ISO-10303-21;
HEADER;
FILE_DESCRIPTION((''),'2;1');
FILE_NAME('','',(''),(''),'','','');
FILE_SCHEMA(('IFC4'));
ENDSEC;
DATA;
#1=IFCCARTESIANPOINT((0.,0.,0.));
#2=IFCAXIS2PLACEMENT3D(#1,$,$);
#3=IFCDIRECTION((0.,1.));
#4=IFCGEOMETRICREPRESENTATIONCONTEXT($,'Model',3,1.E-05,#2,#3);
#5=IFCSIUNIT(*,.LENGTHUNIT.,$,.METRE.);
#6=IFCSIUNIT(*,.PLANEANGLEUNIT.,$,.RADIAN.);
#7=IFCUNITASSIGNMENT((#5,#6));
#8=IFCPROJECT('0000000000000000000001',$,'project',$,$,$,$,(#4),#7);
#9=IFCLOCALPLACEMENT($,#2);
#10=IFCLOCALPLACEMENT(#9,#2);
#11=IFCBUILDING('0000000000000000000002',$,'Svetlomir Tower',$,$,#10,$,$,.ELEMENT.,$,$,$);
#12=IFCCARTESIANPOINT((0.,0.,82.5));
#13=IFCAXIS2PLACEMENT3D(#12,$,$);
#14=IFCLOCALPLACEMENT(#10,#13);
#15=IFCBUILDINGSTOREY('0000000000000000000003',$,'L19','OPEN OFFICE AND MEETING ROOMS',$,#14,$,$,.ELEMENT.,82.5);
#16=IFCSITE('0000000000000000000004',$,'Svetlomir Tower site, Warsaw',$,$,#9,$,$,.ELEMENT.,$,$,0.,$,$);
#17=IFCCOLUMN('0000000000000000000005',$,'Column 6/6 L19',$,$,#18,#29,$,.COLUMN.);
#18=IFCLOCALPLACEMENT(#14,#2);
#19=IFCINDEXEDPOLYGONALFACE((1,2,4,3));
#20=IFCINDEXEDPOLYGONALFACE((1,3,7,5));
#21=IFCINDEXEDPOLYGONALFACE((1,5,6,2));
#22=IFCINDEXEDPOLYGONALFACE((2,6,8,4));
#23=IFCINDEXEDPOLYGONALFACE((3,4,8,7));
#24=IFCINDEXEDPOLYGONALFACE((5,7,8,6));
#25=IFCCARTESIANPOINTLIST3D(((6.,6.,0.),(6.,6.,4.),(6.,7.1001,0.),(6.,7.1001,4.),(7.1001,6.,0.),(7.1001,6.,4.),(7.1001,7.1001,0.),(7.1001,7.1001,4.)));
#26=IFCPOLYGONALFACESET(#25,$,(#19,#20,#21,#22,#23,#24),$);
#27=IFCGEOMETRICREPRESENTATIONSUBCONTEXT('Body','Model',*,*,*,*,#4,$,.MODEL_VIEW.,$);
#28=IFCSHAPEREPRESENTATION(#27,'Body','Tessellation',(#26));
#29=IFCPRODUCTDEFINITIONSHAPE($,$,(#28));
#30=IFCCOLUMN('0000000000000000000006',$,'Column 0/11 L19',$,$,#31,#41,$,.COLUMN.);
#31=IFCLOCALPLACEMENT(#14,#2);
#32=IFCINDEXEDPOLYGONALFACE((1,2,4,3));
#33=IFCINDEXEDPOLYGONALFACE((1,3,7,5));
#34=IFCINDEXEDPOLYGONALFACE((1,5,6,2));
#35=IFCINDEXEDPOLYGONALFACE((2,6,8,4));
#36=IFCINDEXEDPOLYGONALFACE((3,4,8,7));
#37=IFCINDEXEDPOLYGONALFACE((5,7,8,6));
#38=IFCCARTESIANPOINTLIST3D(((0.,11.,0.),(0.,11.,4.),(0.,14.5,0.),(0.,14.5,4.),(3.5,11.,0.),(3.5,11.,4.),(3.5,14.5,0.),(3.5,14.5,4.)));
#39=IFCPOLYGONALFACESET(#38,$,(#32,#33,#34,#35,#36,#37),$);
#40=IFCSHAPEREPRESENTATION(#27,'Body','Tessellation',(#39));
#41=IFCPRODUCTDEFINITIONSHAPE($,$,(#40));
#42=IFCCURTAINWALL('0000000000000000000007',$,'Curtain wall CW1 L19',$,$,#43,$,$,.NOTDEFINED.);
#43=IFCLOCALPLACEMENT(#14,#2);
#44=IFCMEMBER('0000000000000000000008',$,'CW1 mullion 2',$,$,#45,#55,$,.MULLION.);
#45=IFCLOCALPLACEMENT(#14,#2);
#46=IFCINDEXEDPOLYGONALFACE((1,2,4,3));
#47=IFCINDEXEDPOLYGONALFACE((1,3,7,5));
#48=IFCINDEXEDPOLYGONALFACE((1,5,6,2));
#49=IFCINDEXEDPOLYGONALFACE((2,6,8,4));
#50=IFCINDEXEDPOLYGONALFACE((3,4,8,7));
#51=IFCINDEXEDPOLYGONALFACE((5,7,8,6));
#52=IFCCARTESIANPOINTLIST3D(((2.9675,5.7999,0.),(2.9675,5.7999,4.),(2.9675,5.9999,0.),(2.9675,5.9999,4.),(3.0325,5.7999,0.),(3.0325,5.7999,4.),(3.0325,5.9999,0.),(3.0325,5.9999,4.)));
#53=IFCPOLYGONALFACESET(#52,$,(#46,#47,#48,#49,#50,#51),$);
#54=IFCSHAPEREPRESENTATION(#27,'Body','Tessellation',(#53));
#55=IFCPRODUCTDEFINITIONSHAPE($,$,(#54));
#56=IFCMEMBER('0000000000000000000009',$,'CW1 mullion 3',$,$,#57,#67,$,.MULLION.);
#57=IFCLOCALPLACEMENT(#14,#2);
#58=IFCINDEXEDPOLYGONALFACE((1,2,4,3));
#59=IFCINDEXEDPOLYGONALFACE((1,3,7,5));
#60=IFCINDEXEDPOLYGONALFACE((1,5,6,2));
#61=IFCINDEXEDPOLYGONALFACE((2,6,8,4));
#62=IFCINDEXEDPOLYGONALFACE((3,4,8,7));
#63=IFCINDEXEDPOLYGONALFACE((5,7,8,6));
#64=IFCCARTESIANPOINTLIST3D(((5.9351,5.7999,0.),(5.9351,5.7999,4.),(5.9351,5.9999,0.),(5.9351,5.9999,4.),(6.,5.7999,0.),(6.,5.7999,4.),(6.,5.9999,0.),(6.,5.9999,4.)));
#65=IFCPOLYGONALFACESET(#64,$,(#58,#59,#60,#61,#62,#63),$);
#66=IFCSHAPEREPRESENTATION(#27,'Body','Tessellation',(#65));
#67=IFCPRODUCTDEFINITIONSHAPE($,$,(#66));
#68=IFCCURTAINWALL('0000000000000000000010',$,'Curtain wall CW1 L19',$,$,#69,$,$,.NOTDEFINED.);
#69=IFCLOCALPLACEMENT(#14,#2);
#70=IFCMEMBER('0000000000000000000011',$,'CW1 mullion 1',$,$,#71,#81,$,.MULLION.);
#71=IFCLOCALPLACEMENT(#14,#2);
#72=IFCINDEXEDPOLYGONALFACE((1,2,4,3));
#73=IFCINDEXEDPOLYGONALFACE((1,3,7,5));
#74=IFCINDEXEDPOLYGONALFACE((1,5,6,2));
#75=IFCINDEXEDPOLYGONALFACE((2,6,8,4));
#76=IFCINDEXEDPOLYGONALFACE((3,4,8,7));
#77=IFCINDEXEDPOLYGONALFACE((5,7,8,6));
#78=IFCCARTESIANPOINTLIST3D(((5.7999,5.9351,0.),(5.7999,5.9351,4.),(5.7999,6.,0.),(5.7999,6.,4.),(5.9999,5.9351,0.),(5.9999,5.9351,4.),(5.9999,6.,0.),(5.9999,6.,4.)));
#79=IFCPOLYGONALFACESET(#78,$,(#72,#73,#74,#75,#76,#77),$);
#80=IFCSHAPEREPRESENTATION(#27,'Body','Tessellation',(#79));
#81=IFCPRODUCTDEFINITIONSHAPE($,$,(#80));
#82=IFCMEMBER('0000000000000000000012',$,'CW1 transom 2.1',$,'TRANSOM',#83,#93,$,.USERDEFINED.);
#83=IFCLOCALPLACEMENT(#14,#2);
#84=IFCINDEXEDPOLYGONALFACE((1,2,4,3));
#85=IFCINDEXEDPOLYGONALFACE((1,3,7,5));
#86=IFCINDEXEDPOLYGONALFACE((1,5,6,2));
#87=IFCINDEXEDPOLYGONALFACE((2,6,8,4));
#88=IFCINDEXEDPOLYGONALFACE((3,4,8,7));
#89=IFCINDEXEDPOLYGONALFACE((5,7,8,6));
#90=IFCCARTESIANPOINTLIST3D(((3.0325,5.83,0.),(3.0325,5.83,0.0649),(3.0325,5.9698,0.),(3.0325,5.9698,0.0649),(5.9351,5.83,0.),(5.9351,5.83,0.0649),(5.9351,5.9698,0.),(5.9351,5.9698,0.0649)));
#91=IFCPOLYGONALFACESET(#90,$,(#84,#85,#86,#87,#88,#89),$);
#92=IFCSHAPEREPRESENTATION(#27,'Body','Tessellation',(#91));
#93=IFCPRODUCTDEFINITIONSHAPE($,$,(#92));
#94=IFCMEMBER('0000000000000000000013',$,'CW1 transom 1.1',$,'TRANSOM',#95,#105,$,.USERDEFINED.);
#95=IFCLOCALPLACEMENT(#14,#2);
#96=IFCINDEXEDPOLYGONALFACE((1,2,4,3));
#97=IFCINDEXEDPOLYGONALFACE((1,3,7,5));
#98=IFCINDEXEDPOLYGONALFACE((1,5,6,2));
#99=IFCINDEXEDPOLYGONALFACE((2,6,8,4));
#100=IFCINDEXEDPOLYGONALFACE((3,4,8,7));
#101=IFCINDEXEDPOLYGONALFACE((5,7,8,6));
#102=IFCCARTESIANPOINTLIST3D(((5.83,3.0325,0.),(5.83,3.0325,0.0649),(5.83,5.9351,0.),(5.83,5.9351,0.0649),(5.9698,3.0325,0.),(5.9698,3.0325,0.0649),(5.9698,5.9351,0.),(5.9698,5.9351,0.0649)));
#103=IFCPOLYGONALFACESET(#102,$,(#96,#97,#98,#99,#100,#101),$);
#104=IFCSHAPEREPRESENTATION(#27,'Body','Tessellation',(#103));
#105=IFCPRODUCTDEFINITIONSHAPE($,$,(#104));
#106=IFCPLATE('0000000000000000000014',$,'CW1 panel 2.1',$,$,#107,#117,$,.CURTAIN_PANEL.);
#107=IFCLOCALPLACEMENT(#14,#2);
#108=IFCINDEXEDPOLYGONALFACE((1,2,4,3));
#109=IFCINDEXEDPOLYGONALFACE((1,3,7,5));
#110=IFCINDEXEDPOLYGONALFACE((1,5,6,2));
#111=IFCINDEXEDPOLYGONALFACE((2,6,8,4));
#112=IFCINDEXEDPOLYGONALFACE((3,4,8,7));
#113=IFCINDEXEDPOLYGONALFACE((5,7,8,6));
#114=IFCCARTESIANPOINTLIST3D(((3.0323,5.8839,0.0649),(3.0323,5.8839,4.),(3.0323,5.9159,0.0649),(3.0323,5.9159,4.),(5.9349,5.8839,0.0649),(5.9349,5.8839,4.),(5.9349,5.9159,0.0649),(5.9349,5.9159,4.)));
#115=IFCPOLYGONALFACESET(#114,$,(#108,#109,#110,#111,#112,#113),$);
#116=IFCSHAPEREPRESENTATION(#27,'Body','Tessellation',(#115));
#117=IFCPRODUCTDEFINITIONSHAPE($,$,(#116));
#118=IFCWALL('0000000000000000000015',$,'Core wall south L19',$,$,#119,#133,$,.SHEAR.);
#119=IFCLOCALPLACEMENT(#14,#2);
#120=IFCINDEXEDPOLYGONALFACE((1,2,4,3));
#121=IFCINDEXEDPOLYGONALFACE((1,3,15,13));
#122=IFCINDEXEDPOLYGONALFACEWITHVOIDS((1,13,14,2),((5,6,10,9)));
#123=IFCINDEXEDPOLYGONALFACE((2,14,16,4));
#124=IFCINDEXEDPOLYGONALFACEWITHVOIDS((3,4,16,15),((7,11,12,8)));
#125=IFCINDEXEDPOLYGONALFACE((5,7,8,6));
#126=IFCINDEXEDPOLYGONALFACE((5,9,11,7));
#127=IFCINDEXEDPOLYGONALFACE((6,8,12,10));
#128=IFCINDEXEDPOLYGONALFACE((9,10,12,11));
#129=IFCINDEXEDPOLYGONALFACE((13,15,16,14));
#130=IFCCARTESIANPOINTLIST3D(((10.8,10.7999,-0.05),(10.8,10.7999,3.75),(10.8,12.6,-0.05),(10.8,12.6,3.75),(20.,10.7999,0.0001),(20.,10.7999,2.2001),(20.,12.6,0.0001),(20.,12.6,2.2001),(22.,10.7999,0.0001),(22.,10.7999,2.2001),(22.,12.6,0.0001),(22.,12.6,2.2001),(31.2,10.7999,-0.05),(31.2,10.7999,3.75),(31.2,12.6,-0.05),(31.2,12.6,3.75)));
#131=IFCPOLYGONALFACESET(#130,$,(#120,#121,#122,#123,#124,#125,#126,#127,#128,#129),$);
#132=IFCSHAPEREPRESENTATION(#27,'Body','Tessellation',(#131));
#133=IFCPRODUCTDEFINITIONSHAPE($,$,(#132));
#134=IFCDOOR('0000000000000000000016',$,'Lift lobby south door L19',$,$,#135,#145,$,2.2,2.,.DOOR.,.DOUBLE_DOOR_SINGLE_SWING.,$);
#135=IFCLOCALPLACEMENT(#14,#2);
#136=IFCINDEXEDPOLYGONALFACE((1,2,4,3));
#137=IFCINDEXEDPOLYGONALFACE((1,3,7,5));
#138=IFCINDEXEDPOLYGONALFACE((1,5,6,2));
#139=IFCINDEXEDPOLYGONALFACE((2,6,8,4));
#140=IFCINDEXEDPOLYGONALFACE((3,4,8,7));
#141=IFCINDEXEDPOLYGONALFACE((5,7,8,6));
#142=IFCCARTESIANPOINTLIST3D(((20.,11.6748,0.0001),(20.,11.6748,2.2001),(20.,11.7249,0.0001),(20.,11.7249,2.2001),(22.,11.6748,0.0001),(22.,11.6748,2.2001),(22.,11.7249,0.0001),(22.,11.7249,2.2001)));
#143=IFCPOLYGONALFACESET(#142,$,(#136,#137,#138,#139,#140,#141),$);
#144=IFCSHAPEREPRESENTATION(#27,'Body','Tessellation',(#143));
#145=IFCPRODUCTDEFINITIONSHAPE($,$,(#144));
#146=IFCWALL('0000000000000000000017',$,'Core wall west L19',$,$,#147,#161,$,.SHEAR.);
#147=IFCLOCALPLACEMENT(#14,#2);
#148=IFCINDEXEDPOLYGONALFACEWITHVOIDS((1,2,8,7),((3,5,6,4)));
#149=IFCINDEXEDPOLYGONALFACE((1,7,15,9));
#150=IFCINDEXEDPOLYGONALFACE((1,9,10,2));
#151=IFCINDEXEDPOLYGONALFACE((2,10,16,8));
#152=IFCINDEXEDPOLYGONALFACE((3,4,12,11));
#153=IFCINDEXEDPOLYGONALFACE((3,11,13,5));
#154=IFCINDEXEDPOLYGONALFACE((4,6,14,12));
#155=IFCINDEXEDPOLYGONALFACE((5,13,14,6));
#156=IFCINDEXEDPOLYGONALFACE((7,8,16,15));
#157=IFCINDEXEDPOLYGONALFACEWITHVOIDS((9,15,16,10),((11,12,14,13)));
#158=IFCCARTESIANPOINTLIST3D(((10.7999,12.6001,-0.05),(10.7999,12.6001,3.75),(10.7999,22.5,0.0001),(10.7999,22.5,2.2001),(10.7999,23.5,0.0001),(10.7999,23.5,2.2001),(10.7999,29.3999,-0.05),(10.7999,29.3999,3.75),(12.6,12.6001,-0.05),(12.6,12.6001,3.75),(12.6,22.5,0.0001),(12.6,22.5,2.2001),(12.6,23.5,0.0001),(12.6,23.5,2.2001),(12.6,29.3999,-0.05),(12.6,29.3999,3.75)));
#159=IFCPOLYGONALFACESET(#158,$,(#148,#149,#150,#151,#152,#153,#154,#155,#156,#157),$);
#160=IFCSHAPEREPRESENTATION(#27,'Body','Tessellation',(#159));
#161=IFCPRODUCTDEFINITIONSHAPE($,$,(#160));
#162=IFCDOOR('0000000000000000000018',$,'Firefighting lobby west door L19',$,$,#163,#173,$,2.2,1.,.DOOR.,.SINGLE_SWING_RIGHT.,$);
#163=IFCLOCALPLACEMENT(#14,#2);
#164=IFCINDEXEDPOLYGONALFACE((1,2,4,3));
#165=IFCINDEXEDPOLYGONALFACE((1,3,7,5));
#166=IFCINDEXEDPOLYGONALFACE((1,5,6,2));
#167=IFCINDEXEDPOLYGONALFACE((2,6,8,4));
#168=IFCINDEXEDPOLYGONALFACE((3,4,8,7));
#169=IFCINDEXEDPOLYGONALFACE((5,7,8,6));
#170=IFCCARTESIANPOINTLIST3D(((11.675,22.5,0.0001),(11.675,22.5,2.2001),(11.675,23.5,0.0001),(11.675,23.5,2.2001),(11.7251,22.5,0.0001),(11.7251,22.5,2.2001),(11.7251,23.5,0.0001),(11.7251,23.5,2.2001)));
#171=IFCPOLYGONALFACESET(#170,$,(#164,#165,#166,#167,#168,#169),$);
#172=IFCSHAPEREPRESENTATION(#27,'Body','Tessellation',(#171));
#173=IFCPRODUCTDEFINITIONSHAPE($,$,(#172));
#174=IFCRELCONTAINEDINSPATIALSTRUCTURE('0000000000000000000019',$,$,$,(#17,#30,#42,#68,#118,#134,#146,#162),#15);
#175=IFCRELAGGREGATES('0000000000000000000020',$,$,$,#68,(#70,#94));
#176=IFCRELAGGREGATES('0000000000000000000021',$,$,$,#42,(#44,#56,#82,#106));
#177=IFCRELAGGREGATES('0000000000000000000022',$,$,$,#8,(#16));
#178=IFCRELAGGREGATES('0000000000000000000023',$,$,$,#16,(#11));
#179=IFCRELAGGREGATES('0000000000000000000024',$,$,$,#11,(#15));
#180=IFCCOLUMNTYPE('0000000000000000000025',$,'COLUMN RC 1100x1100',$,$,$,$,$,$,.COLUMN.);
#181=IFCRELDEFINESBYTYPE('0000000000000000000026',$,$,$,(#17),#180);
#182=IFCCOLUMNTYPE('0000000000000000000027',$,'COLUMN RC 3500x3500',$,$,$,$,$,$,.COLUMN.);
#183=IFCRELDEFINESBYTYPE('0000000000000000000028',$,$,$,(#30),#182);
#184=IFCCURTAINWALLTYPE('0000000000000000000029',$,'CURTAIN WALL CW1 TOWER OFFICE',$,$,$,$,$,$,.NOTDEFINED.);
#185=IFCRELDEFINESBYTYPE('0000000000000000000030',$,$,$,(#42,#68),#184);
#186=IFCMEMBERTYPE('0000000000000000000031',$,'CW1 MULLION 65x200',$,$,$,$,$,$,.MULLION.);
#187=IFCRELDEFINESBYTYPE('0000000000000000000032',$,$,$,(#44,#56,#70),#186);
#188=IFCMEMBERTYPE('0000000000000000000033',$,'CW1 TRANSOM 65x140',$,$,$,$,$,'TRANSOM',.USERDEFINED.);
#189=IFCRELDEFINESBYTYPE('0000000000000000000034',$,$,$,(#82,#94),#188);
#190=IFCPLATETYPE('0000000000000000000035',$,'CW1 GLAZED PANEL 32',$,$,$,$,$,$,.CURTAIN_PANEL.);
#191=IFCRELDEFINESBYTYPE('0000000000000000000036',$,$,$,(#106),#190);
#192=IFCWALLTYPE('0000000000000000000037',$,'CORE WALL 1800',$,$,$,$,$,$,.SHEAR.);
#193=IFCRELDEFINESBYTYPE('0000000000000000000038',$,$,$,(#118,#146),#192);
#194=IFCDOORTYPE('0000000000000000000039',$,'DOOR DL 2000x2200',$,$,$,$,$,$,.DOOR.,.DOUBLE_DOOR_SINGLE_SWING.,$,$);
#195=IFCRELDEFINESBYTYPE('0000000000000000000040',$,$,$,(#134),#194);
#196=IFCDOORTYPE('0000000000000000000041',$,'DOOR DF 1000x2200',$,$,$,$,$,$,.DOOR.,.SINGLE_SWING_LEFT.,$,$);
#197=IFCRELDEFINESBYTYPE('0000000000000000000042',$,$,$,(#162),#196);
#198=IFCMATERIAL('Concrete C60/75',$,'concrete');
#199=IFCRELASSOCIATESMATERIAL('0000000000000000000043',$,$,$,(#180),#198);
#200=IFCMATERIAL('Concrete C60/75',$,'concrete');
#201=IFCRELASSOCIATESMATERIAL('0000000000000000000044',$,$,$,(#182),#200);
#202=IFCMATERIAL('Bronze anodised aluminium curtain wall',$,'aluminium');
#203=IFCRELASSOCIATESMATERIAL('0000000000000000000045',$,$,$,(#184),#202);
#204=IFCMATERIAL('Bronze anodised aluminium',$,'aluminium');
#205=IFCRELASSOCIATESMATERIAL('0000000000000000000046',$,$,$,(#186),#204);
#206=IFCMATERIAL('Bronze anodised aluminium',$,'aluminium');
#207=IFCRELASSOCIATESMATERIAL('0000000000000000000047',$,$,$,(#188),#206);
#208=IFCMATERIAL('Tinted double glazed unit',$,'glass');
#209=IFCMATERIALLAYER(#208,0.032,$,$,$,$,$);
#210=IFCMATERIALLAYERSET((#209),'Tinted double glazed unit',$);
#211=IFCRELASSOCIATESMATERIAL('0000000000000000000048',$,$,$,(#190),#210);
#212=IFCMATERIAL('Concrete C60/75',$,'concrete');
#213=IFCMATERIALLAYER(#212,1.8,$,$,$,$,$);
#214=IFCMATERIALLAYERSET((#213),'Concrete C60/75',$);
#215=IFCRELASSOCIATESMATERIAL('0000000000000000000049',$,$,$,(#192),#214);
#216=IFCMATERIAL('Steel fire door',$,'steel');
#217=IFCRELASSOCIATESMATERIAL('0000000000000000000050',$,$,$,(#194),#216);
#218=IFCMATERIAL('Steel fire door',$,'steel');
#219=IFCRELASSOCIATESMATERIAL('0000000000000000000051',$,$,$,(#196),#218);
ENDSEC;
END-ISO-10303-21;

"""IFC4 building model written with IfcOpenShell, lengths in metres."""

from ifc_helpers import new_model, si_unit, direction, frame, frame_2d, origin, origin_2d, place, context, subcontext, project, spatial, rectangle, extrude, material, layer, layer_set, material_profile, profile_set, type_object, element, fill, aggregate, save


model = new_model("IFC4")

# Units and contexts
model_context = context("Model", 3, precision=1e-05, world=origin(), true_north=direction((0.0, 1.0)))
body_context = subcontext(model_context, "Body", "Model", "MODEL_VIEW")
ifc_project = project(units=[si_unit("LENGTHUNIT", "METRE"), si_unit("PLANEANGLEUNIT", "RADIAN")], contexts=[model_context])

# Site, building, storey
site_placement = place(None, origin())
site = spatial("IfcSite", under=ifc_project, at=site_placement, Name="Svetlomir Tower site, Warsaw", CompositionType="ELEMENT", RefElevation=0.0)
building_placement = place(site_placement, origin())
building = spatial("IfcBuilding", under=site, at=building_placement, Name="Svetlomir Tower", CompositionType="ELEMENT")
storey_placement = place(building_placement, frame((0.0, 0.0, 82.5)))
storey = spatial("IfcBuildingStorey", under=building, at=storey_placement, Name="L19", Description="OPEN OFFICE AND MEETING ROOMS", CompositionType="ELEMENT", Elevation=82.5)

# Columns
ifc_material_1 = material(Name="Concrete C60/75", Category="concrete")
ifc_material_profile_1 = material_profile(ifc_material_1, rectangle(XDim=1.1001, YDim=1.1001, at=origin_2d()), Name="RC 1100x1100")
ifc_profile_set_1 = profile_set([ifc_material_profile_1], Name="Concrete C60/75")
column_type_1 = type_object("IfcColumnType", Name="COLUMN RC 1100x1100", PredefinedType="COLUMN", material=ifc_profile_set_1)
column_1_placement = place(storey_placement, frame((6.55, 6.55, 0.0), z_axis=(0.0, 0.0, 1.0), x_axis=(1.0, 0.0, 0.0)))
element("IfcColumn", 1, at=column_1_placement, inside=storey, type_object=column_type_1, Name="Column 6/6 L19", PredefinedType="COLUMN", context=body_context, shape_type="SweptSolid", body=[
    extrude(rectangle(XDim=1.1001, YDim=1.1001, at=origin_2d()), origin(), (0.0, 0.0, 1.0), 4.0),
])
ifc_material_2 = material(Name="Concrete C60/75", Category="concrete")
ifc_material_profile_2 = material_profile(ifc_material_2, rectangle(XDim=3.5, YDim=3.5, at=origin_2d()), Name="RC 3500x3500")
ifc_profile_set_2 = profile_set([ifc_material_profile_2], Name="Concrete C60/75")
column_type_2 = type_object("IfcColumnType", Name="COLUMN RC 3500x3500", PredefinedType="COLUMN", material=ifc_profile_set_2)
column_2_placement = place(storey_placement, frame((1.75, 12.75, 0.0), z_axis=(0.0, 0.0, 1.0), x_axis=(1.0, 0.0, 0.0)))
element("IfcColumn", 2, at=column_2_placement, inside=storey, type_object=column_type_2, Name="Column 0/11 L19", PredefinedType="COLUMN", context=body_context, shape_type="SweptSolid", body=[
    extrude(rectangle(XDim=3.5, YDim=3.5, at=origin_2d()), origin(), (0.0, 0.0, 1.0), 4.0),
])

# Curtain wall, members
ifc_material_3 = material(Name="Bronze anodised aluminium curtain wall", Category="aluminium")
curtain_wall_type = type_object("IfcCurtainWallType", Name="CURTAIN WALL CW1 TOWER OFFICE", PredefinedType="NOTDEFINED", material=ifc_material_3)
curtain_wall_1_placement = place(storey_placement, origin())
curtain_wall_1 = element("IfcCurtainWall", 3, at=curtain_wall_1_placement, inside=storey, type_object=curtain_wall_type, Name="Curtain wall CW1 L19", PredefinedType="NOTDEFINED")
ifc_material_4 = material(Name="Bronze anodised aluminium", Category="aluminium")
ifc_material_profile_3 = material_profile(ifc_material_4, rectangle(XDim=0.0649, YDim=0.2, at=origin_2d()), Name="AL 65x200")
ifc_profile_set_3 = profile_set([ifc_material_profile_3], Name="Bronze anodised aluminium 6063-T6")
member_type_1 = type_object("IfcMemberType", Name="CW1 MULLION 65x200", PredefinedType="MULLION", material=ifc_profile_set_3)
member_1_placement = place(storey_placement, frame((3.0, 5.8999, 0.0), z_axis=(0.0, 0.0, 1.0), x_axis=(1.0, 0.0, 0.0)))
member_1 = element("IfcMember", 4, at=member_1_placement, type_object=member_type_1, Name="CW1 mullion 2", PredefinedType="MULLION", context=body_context, shape_type="SweptSolid", body=[
    extrude(rectangle(XDim=0.0649, YDim=0.2, at=origin_2d()), origin(), (0.0, 0.0, 1.0), 4.0),
])
member_2_placement = place(storey_placement, frame((5.9675, 5.8999, 0.0), z_axis=(0.0, 0.0, 1.0), x_axis=(1.0, 0.0, 0.0)))
member_2 = element("IfcMember", 5, at=member_2_placement, type_object=member_type_1, Name="CW1 mullion 3", PredefinedType="MULLION", context=body_context, shape_type="SweptSolid", body=[
    extrude(rectangle(XDim=0.0649, YDim=0.2, at=origin_2d()), origin(), (0.0, 0.0, 1.0), 4.0),
])

# Curtain wall, member
curtain_wall_2_placement = place(storey_placement, origin())
curtain_wall_2 = element("IfcCurtainWall", 6, at=curtain_wall_2_placement, inside=storey, type_object=curtain_wall_type, Name="Curtain wall CW1 L19", PredefinedType="NOTDEFINED")
member_3_placement = place(storey_placement, frame((5.8999, 5.9675, 0.0), z_axis=(0.0, 0.0, 1.0), x_axis=(0.0, -1.0, 0.0)))
member_3 = element("IfcMember", 7, at=member_3_placement, type_object=member_type_1, Name="CW1 mullion 1", PredefinedType="MULLION", context=body_context, shape_type="SweptSolid", body=[
    extrude(rectangle(XDim=0.0649, YDim=0.2, at=origin_2d()), origin(), (0.0, 0.0, 1.0), 4.0),
])

# Members
ifc_material_5 = material(Name="Bronze anodised aluminium", Category="aluminium")
ifc_material_profile_4 = material_profile(ifc_material_5, rectangle(XDim=0.1399, YDim=0.0649, at=origin_2d()), Name="AL 140x65")
ifc_profile_set_4 = profile_set([ifc_material_profile_4], Name="Bronze anodised aluminium 6063-T6")
member_type_2 = type_object("IfcMemberType", Name="CW1 TRANSOM 65x140", ElementType="TRANSOM", PredefinedType="USERDEFINED", material=ifc_profile_set_4)
member_4_placement = place(storey_placement, frame((3.0325, 5.8999, 0.0325), z_axis=(1.0, 0.0, 0.0), x_axis=(0.0, 1.0, 0.0)))
member_4 = element("IfcMember", 8, at=member_4_placement, type_object=member_type_2, Name="CW1 transom 2.1", ObjectType="TRANSOM", PredefinedType="USERDEFINED", context=body_context, shape_type="SweptSolid", body=[
    extrude(rectangle(XDim=0.1399, YDim=0.0649, at=origin_2d()), origin(), (0.0, 0.0, 1.0), 2.9026),
])
member_5_placement = place(storey_placement, frame((5.8999, 5.9351, 0.0325), z_axis=(0.0, -1.0, 0.0), x_axis=(1.0, 0.0, 0.0)))
member_5 = element("IfcMember", 9, at=member_5_placement, type_object=member_type_2, Name="CW1 transom 1.1", ObjectType="TRANSOM", PredefinedType="USERDEFINED", context=body_context, shape_type="SweptSolid", body=[
    extrude(rectangle(XDim=0.1399, YDim=0.0649, at=origin_2d()), origin(), (0.0, 0.0, 1.0), 2.9026),
])
aggregate(curtain_wall_2, [member_3, member_5])

# Plate
ifc_material_6 = material(Name="Tinted double glazed unit", Category="glass")
ifc_layer_1 = layer(ifc_material_6, 0.032)
ifc_layer_set_1 = layer_set([ifc_layer_1], Name="Tinted double glazed unit")
plate_type = type_object("IfcPlateType", Name="CW1 GLAZED PANEL 32", PredefinedType="CURTAIN_PANEL", material=ifc_layer_set_1)
plate_placement = place(storey_placement, frame((4.4836, 5.8999, 0.0649), z_axis=(0.0, 0.0, 1.0), x_axis=(1.0, 0.0, 0.0)))
plate = element("IfcPlate", 10, at=plate_placement, type_object=plate_type, Name="CW1 panel 2.1", PredefinedType="CURTAIN_PANEL", context=body_context, shape_type="SweptSolid", body=[
    extrude(rectangle(XDim=2.9026, YDim=0.032, at=origin_2d()), origin(), (0.0, 0.0, 1.0), 3.9351),
])
aggregate(curtain_wall_1, [member_1, member_2, member_4, plate])

# Walls, openings, doors
ifc_material_7 = material(Name="Concrete C60/75", Category="concrete")
ifc_layer_2 = layer(ifc_material_7, 1.8)
ifc_layer_set_2 = layer_set([ifc_layer_2], Name="Concrete C60/75")
wall_type_1 = type_object("IfcWallType", Name="CORE WALL 1800", PredefinedType="SHEAR", material=ifc_layer_set_2)
wall_1_placement = place(storey_placement, frame((10.8, 11.7, -0.05), z_axis=(0.0, 0.0, 1.0), x_axis=(1.0, 0.0, 0.0)))
wall_1 = element("IfcWall", 11, at=wall_1_placement, inside=storey, type_object=wall_type_1, Name="Core wall south L19", PredefinedType="SHEAR", context=body_context, shape_type="SweptSolid", body=[
    extrude(rectangle(XDim=20.3999, YDim=1.8, at=frame_2d((10.2, 0.0))), origin(), (0.0, 0.0, 1.0), 3.8),
])
opening_1_placement = place(wall_1_placement, frame((9.2, 0.0, 0.05)))
opening_1 = element("IfcOpeningElement", 12, at=opening_1_placement, cuts=wall_1, PredefinedType="OPENING", context=body_context, shape_type="SweptSolid", body=[
    extrude(rectangle(XDim=2.0, YDim=2.2, at=frame_2d((1.0, 1.1001))), frame((0.0, 0.9102, 0.0), z_axis=(0.0, -1.0, 0.0), x_axis=(1.0, 0.0, 0.0)), (0.0, 0.0, 1.0), 1.8201),
])
ifc_material_8 = material(Name="Steel fire door", Category="steel")
door_type_1 = type_object("IfcDoorType", Name="DOOR DL 2000x2200", OperationType="DOUBLE_DOOR_SINGLE_SWING", PredefinedType="DOOR", material=ifc_material_8)
door_1_placement = place(opening_1_placement, origin())
door_1 = element("IfcDoor", 13, at=door_1_placement, inside=storey, type_object=door_type_1, Name="Lift lobby south door L19", OperationType="DOUBLE_DOOR_SINGLE_SWING", OverallHeight=2.2, OverallWidth=2.0, PredefinedType="DOOR", context=body_context, shape_type="SweptSolid", body=[
    extrude(rectangle(XDim=2.0, YDim=2.2, at=frame_2d((1.0, 1.1001))), frame((0.0, 0.0249, 0.0), z_axis=(0.0, -1.0, 0.0), x_axis=(1.0, 0.0, 0.0)), (0.0, 0.0, 1.0), 0.05),
])
fill(opening_1, door_1)
wall_2_placement = place(storey_placement, frame((11.7, 12.6001, -0.05), z_axis=(0.0, 0.0, 1.0), x_axis=(0.0, 1.0, 0.0)))
wall_2 = element("IfcWall", 14, at=wall_2_placement, inside=storey, type_object=wall_type_1, Name="Core wall west L19", PredefinedType="SHEAR", context=body_context, shape_type="SweptSolid", body=[
    extrude(rectangle(XDim=16.7998, YDim=1.8, at=frame_2d((8.3999, 0.0))), origin(), (0.0, 0.0, 1.0), 3.8),
])
opening_2_placement = place(wall_2_placement, frame((9.8999, 0.0, 0.05)))
opening_2 = element("IfcOpeningElement", 15, at=opening_2_placement, cuts=wall_2, PredefinedType="OPENING", context=body_context, shape_type="SweptSolid", body=[
    extrude(rectangle(XDim=1.0, YDim=2.2, at=frame_2d((0.5, 1.1001))), frame((0.0, 0.9102, 0.0), z_axis=(0.0, -1.0, 0.0), x_axis=(1.0, 0.0, 0.0)), (0.0, 0.0, 1.0), 1.8201),
])
ifc_material_9 = material(Name="Steel fire door", Category="steel")
door_type_2 = type_object("IfcDoorType", Name="DOOR DF 1000x2200", OperationType="SINGLE_SWING_LEFT", PredefinedType="DOOR", material=ifc_material_9)
door_2_placement = place(opening_2_placement, origin())
door_2 = element("IfcDoor", 16, at=door_2_placement, inside=storey, type_object=door_type_2, Name="Firefighting lobby west door L19", OperationType="SINGLE_SWING_RIGHT", OverallHeight=2.2, OverallWidth=1.0, PredefinedType="DOOR", context=body_context, shape_type="SweptSolid", body=[
    extrude(rectangle(XDim=1.0, YDim=2.2, at=frame_2d((0.5, 1.1001))), frame((0.0, 0.0249, 0.0), z_axis=(0.0, -1.0, 0.0), x_axis=(1.0, 0.0, 0.0)), (0.0, 0.0, 1.0), 0.05),
])
fill(opening_2, door_2)

save(model, "model.ifc")
